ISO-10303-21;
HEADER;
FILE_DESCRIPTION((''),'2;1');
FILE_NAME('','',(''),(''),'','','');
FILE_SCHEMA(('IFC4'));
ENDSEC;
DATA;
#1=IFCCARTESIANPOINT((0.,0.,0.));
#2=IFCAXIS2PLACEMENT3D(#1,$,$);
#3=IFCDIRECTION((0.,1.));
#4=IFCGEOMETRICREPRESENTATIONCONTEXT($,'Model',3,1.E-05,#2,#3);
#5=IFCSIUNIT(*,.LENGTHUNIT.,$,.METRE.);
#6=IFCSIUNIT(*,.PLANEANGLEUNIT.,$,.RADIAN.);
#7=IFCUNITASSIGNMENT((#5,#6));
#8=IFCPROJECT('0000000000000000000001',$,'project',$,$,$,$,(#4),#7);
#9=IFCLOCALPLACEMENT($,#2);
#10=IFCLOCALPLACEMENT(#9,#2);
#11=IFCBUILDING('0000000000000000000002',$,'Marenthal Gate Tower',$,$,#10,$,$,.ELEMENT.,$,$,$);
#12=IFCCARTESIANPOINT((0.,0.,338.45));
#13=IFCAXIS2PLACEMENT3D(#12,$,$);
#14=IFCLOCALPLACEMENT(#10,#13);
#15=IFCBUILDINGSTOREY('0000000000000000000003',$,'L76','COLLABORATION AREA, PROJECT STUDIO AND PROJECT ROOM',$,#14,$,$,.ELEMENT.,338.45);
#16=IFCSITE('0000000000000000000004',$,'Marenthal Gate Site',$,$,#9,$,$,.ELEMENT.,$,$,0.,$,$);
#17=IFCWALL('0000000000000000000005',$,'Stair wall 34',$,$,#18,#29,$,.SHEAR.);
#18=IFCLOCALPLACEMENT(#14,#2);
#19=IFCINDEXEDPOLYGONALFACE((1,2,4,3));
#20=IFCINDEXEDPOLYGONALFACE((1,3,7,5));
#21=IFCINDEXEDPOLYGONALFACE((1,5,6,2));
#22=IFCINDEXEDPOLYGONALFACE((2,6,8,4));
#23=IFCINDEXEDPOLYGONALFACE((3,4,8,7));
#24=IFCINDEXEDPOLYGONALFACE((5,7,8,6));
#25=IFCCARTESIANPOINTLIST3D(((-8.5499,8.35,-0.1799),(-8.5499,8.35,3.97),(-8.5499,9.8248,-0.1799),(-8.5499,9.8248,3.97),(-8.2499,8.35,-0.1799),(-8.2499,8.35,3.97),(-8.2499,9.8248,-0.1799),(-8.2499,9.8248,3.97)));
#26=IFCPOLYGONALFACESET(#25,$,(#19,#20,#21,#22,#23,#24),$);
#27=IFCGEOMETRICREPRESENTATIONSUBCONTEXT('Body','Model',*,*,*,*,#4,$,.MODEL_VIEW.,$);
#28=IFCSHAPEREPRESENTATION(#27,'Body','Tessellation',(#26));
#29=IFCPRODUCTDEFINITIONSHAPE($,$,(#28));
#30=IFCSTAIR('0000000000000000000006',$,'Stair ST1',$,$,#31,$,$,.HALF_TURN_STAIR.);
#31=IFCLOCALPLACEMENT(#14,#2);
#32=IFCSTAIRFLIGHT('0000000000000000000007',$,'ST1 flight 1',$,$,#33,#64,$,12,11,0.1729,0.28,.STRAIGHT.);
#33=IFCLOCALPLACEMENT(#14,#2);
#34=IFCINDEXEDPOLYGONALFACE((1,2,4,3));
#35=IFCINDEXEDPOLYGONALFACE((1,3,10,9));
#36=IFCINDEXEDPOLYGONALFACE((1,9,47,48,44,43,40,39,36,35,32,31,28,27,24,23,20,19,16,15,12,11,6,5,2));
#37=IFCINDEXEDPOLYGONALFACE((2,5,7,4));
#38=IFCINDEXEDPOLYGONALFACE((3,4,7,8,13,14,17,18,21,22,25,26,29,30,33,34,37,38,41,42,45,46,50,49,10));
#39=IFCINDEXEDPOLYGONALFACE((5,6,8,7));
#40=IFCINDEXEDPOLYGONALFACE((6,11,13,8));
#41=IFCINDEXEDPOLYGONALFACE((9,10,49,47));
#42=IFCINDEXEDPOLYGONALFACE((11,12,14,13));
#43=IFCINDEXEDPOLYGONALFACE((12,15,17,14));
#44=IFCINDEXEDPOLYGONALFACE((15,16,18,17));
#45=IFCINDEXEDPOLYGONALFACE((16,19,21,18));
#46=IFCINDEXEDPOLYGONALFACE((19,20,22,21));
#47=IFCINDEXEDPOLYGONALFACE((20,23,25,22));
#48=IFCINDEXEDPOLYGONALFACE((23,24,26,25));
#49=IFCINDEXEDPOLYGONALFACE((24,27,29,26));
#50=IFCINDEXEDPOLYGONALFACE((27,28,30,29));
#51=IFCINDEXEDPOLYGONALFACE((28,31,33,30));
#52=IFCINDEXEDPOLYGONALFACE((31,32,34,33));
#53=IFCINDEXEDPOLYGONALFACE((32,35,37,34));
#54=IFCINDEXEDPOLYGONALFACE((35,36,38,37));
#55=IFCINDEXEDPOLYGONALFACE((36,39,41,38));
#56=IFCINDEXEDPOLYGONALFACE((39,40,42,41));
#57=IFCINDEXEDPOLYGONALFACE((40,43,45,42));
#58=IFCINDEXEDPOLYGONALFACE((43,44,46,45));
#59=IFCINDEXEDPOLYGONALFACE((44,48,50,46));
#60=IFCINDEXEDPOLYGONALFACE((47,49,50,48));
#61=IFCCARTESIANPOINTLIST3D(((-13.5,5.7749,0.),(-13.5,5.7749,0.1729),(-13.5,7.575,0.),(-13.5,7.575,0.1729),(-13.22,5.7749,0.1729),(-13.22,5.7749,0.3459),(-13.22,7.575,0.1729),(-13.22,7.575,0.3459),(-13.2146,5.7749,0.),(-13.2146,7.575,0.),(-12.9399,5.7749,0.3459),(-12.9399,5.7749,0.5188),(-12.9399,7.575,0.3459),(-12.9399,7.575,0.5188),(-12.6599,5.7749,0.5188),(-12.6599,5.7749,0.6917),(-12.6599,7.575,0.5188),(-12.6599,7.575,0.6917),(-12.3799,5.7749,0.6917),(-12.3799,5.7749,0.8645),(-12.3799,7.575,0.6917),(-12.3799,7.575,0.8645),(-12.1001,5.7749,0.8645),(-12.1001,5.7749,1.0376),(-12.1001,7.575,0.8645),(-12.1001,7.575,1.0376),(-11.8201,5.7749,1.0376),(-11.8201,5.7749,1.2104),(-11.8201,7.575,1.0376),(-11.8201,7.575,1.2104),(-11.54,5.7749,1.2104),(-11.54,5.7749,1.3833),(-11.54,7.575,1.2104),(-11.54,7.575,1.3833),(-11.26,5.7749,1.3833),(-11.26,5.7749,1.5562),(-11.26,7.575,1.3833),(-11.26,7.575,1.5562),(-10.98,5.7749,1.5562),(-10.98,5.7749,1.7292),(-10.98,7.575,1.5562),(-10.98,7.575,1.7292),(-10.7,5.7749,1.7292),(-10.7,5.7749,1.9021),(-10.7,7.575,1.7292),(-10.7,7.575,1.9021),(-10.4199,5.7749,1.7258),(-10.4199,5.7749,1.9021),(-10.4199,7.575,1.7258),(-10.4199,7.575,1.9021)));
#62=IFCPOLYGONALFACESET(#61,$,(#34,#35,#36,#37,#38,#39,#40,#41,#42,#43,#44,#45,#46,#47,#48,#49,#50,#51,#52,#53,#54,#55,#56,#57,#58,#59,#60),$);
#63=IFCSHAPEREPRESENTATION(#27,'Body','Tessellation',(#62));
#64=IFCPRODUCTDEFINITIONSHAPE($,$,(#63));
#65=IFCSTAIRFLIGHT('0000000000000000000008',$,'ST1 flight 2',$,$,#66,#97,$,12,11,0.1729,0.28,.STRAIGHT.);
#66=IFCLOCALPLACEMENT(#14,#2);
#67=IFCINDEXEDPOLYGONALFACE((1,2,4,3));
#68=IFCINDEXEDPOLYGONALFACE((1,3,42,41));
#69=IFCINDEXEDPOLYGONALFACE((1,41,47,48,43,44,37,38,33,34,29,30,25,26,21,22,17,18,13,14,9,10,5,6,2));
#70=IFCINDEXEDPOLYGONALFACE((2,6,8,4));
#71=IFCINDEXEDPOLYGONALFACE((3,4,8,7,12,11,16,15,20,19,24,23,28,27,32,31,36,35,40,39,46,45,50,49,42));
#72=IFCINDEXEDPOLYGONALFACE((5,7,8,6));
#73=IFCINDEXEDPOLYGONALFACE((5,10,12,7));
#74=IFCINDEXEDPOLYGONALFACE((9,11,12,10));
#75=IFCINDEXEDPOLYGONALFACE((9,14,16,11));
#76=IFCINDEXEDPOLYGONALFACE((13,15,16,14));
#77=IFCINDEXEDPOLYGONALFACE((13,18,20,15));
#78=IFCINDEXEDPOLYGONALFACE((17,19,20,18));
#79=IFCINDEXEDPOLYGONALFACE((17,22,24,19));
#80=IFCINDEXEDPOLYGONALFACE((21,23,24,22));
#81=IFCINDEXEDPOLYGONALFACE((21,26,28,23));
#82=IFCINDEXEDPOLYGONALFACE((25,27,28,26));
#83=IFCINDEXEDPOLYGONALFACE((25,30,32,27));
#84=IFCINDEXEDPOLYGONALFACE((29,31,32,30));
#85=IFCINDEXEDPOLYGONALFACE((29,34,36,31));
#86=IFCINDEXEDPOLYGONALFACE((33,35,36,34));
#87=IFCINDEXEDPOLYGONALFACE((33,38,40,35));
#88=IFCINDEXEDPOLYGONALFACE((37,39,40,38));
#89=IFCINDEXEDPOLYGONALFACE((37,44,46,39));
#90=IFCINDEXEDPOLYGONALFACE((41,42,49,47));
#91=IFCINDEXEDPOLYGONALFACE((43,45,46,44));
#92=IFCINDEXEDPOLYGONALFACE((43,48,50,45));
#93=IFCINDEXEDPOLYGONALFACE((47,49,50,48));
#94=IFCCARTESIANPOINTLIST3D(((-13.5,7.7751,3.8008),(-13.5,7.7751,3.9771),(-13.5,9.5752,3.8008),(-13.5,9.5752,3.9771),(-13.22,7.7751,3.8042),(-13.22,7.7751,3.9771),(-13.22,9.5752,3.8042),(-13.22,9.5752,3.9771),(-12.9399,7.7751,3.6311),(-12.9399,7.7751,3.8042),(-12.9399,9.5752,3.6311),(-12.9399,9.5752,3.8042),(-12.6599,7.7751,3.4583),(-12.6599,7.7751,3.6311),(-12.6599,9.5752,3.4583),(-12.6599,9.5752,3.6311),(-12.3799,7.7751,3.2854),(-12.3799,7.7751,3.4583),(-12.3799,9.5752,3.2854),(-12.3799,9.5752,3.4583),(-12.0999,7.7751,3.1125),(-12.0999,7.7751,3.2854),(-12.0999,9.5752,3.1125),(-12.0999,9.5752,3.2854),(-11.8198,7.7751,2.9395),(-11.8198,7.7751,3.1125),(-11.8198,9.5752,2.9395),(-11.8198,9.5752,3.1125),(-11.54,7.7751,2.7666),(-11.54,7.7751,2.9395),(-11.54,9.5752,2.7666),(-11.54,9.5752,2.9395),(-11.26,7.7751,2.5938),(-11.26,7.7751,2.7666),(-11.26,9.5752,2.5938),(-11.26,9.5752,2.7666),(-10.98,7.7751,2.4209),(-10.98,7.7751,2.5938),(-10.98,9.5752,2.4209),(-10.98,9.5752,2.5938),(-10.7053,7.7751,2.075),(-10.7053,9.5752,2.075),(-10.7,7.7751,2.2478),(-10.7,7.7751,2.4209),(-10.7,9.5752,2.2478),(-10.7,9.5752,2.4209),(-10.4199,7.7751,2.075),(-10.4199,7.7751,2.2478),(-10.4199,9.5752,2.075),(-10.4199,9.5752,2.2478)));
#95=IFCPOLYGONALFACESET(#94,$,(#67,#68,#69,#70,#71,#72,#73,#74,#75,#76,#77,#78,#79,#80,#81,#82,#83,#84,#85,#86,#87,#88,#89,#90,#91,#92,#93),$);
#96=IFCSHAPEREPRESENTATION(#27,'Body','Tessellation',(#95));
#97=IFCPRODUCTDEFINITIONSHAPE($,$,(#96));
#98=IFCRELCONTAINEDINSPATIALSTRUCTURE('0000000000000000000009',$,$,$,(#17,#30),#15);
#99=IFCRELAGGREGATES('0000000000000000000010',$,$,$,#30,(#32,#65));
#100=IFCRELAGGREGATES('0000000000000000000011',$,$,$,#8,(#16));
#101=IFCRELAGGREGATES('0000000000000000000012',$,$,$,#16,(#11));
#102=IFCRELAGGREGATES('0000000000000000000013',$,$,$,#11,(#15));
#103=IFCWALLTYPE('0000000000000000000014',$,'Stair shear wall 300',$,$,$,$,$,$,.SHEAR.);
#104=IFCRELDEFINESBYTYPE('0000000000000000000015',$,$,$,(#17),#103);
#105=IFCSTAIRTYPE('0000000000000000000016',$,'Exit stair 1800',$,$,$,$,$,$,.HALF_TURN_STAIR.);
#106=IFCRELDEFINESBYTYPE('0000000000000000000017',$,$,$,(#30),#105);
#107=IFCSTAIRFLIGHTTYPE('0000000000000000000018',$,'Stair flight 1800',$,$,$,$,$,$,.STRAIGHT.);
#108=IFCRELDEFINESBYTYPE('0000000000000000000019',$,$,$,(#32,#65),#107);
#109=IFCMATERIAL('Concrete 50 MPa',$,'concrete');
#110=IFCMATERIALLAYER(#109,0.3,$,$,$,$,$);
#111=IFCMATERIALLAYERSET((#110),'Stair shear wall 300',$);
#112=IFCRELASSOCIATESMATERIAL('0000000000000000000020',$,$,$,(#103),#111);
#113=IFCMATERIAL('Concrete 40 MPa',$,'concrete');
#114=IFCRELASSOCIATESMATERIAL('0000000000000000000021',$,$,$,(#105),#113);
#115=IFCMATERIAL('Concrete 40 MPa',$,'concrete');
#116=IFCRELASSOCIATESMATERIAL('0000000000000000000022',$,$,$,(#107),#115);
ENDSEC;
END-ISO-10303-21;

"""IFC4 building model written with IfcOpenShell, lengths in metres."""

from ifc_helpers import new_model, si_unit, direction, frame, frame_2d, origin, place, context, subcontext, project, spatial, polyline, rectangle, outline, extrude, material, layer, layer_set, type_object, element, aggregate, save


model = new_model("IFC4")

# Units and contexts
model_context = context("Model", 3, precision=1e-05, world=origin(), true_north=direction((0.0, 1.0)))
body_context = subcontext(model_context, "Body", "Model", "MODEL_VIEW")
ifc_project = project(units=[si_unit("LENGTHUNIT", "METRE"), si_unit("PLANEANGLEUNIT", "RADIAN")], contexts=[model_context])

# Site, building, storey
site_placement = place(None, origin())
site = spatial("IfcSite", under=ifc_project, at=site_placement, Name="Marenthal Gate Site", CompositionType="ELEMENT", RefElevation=0.0)
building_placement = place(site_placement, origin())
building = spatial("IfcBuilding", under=site, at=building_placement, Name="Marenthal Gate Tower", CompositionType="ELEMENT")
storey_placement = place(building_placement, frame((0.0, 0.0, 338.45)))
storey = spatial("IfcBuildingStorey", under=building, at=storey_placement, Name="L76", Description="COLLABORATION AREA, PROJECT STUDIO AND PROJECT ROOM", CompositionType="ELEMENT", Elevation=338.45)

# Wall
ifc_material_1 = material(Name="Concrete 50 MPa", Category="concrete")
ifc_layer_1 = layer(ifc_material_1, 0.3)
ifc_layer_set_1 = layer_set([ifc_layer_1], Name="Stair shear wall 300")
wall_type_1 = type_object("IfcWallType", Name="Stair shear wall 300", PredefinedType="SHEAR", material=ifc_layer_set_1)
wall_1_placement = place(storey_placement, frame((-8.3999, 8.3501, -0.1799), z_axis=(0.0, 0.0, 1.0), x_axis=(0.0, 1.0, 0.0)))
element("IfcWall", 1, at=wall_1_placement, inside=storey, type_object=wall_type_1, Name="Stair wall 34", PredefinedType="SHEAR", context=body_context, shape_type="SweptSolid", body=[
    extrude(rectangle(XDim=1.4749, YDim=0.3, at=frame_2d((0.7373, 0.0))), origin(), (0.0, 0.0, 1.0), 4.1499),
])

# Stair, stair flights
ifc_material_2 = material(Name="Concrete 40 MPa", Category="concrete")
stair_type = type_object("IfcStairType", Name="Exit stair 1800", PredefinedType="HALF_TURN_STAIR", material=ifc_material_2)
stair_placement = place(storey_placement, origin())
stair = element("IfcStair", 2, at=stair_placement, inside=storey, type_object=stair_type, Name="Stair ST1", PredefinedType="HALF_TURN_STAIR")
ifc_material_3 = material(Name="Concrete 40 MPa", Category="concrete")
stair_flight_type = type_object("IfcStairFlightType", Name="Stair flight 1800", PredefinedType="STRAIGHT", material=ifc_material_3)
stair_flight_1_placement = place(storey_placement, frame((-13.5, 6.675, 0.0), z_axis=(0.0, 0.0, 1.0), x_axis=(1.0, 0.0, 0.0)))
stair_flight_1 = element("IfcStairFlight", 3, at=stair_flight_1_placement, type_object=stair_flight_type, Name="ST1 flight 1", NumberOfRisers=12, NumberOfTreads=11, PredefinedType="STRAIGHT", RiserHeight=0.1729, TreadLength=0.28, context=body_context, shape_type="SweptSolid", body=[
    extrude(outline(polyline([(0.0, 0.0), (0.0, 0.1729), (0.28, 0.1729), (0.28, 0.3459), (0.5601, 0.3459), (0.5601, 0.5188), (0.8401, 0.5188), (0.8401, 0.6917), (1.1201, 0.6917), (1.1201, 0.8645), (1.3999, 0.8645), (1.3999, 1.0376), (1.6799, 1.0376), (1.6799, 1.2104), (1.96, 1.2104), (1.96, 1.3833), (2.24, 1.3833), (2.24, 1.5562), (2.52, 1.5562), (2.52, 1.7292), (2.8, 1.7292), (2.8, 1.9021), (3.0801, 1.9021), (3.0801, 2.075), (3.0801, 1.7258), (0.2854, 0.0), (0.0, 0.0)])), frame((0.0, 0.8999, 0.0), z_axis=(0.0, -1.0, 0.0), x_axis=(1.0, 0.0, 0.0)), (0.0, 0.0, 1.0), 1.8),
])
stair_flight_2_placement = place(storey_placement, frame((-10.4199, 8.675, 2.075), z_axis=(0.0, 0.0, 1.0), x_axis=(-1.0, 0.0, 0.0)))
stair_flight_2 = element("IfcStairFlight", 4, at=stair_flight_2_placement, type_object=stair_flight_type, Name="ST1 flight 2", NumberOfRisers=12, NumberOfTreads=11, PredefinedType="STRAIGHT", RiserHeight=0.1729, TreadLength=0.28, context=body_context, shape_type="SweptSolid", body=[
    extrude(outline(polyline([(0.0, 0.0), (0.0, 0.1729), (0.28, 0.1729), (0.28, 0.3459), (0.5601, 0.3459), (0.5601, 0.5188), (0.8401, 0.5188), (0.8401, 0.6917), (1.1201, 0.6917), (1.1201, 0.8645), (1.3999, 0.8645), (1.3999, 1.0376), (1.6799, 1.0376), (1.6799, 1.2104), (1.96, 1.2104), (1.96, 1.3833), (2.24, 1.3833), (2.24, 1.5562), (2.52, 1.5562), (2.52, 1.7292), (2.8, 1.7292), (2.8, 1.9021), (3.0801, 1.9021), (3.0801, 2.075), (3.0801, 1.7258), (0.2854, 0.0), (0.0, 0.0)])), frame((0.0, 0.8999, 0.0), z_axis=(0.0, -1.0, 0.0), x_axis=(1.0, 0.0, 0.0)), (0.0, 0.0, 1.0), 1.8),
])
aggregate(stair, [stair_flight_1, stair_flight_2])

save(model, "model.ifc")
